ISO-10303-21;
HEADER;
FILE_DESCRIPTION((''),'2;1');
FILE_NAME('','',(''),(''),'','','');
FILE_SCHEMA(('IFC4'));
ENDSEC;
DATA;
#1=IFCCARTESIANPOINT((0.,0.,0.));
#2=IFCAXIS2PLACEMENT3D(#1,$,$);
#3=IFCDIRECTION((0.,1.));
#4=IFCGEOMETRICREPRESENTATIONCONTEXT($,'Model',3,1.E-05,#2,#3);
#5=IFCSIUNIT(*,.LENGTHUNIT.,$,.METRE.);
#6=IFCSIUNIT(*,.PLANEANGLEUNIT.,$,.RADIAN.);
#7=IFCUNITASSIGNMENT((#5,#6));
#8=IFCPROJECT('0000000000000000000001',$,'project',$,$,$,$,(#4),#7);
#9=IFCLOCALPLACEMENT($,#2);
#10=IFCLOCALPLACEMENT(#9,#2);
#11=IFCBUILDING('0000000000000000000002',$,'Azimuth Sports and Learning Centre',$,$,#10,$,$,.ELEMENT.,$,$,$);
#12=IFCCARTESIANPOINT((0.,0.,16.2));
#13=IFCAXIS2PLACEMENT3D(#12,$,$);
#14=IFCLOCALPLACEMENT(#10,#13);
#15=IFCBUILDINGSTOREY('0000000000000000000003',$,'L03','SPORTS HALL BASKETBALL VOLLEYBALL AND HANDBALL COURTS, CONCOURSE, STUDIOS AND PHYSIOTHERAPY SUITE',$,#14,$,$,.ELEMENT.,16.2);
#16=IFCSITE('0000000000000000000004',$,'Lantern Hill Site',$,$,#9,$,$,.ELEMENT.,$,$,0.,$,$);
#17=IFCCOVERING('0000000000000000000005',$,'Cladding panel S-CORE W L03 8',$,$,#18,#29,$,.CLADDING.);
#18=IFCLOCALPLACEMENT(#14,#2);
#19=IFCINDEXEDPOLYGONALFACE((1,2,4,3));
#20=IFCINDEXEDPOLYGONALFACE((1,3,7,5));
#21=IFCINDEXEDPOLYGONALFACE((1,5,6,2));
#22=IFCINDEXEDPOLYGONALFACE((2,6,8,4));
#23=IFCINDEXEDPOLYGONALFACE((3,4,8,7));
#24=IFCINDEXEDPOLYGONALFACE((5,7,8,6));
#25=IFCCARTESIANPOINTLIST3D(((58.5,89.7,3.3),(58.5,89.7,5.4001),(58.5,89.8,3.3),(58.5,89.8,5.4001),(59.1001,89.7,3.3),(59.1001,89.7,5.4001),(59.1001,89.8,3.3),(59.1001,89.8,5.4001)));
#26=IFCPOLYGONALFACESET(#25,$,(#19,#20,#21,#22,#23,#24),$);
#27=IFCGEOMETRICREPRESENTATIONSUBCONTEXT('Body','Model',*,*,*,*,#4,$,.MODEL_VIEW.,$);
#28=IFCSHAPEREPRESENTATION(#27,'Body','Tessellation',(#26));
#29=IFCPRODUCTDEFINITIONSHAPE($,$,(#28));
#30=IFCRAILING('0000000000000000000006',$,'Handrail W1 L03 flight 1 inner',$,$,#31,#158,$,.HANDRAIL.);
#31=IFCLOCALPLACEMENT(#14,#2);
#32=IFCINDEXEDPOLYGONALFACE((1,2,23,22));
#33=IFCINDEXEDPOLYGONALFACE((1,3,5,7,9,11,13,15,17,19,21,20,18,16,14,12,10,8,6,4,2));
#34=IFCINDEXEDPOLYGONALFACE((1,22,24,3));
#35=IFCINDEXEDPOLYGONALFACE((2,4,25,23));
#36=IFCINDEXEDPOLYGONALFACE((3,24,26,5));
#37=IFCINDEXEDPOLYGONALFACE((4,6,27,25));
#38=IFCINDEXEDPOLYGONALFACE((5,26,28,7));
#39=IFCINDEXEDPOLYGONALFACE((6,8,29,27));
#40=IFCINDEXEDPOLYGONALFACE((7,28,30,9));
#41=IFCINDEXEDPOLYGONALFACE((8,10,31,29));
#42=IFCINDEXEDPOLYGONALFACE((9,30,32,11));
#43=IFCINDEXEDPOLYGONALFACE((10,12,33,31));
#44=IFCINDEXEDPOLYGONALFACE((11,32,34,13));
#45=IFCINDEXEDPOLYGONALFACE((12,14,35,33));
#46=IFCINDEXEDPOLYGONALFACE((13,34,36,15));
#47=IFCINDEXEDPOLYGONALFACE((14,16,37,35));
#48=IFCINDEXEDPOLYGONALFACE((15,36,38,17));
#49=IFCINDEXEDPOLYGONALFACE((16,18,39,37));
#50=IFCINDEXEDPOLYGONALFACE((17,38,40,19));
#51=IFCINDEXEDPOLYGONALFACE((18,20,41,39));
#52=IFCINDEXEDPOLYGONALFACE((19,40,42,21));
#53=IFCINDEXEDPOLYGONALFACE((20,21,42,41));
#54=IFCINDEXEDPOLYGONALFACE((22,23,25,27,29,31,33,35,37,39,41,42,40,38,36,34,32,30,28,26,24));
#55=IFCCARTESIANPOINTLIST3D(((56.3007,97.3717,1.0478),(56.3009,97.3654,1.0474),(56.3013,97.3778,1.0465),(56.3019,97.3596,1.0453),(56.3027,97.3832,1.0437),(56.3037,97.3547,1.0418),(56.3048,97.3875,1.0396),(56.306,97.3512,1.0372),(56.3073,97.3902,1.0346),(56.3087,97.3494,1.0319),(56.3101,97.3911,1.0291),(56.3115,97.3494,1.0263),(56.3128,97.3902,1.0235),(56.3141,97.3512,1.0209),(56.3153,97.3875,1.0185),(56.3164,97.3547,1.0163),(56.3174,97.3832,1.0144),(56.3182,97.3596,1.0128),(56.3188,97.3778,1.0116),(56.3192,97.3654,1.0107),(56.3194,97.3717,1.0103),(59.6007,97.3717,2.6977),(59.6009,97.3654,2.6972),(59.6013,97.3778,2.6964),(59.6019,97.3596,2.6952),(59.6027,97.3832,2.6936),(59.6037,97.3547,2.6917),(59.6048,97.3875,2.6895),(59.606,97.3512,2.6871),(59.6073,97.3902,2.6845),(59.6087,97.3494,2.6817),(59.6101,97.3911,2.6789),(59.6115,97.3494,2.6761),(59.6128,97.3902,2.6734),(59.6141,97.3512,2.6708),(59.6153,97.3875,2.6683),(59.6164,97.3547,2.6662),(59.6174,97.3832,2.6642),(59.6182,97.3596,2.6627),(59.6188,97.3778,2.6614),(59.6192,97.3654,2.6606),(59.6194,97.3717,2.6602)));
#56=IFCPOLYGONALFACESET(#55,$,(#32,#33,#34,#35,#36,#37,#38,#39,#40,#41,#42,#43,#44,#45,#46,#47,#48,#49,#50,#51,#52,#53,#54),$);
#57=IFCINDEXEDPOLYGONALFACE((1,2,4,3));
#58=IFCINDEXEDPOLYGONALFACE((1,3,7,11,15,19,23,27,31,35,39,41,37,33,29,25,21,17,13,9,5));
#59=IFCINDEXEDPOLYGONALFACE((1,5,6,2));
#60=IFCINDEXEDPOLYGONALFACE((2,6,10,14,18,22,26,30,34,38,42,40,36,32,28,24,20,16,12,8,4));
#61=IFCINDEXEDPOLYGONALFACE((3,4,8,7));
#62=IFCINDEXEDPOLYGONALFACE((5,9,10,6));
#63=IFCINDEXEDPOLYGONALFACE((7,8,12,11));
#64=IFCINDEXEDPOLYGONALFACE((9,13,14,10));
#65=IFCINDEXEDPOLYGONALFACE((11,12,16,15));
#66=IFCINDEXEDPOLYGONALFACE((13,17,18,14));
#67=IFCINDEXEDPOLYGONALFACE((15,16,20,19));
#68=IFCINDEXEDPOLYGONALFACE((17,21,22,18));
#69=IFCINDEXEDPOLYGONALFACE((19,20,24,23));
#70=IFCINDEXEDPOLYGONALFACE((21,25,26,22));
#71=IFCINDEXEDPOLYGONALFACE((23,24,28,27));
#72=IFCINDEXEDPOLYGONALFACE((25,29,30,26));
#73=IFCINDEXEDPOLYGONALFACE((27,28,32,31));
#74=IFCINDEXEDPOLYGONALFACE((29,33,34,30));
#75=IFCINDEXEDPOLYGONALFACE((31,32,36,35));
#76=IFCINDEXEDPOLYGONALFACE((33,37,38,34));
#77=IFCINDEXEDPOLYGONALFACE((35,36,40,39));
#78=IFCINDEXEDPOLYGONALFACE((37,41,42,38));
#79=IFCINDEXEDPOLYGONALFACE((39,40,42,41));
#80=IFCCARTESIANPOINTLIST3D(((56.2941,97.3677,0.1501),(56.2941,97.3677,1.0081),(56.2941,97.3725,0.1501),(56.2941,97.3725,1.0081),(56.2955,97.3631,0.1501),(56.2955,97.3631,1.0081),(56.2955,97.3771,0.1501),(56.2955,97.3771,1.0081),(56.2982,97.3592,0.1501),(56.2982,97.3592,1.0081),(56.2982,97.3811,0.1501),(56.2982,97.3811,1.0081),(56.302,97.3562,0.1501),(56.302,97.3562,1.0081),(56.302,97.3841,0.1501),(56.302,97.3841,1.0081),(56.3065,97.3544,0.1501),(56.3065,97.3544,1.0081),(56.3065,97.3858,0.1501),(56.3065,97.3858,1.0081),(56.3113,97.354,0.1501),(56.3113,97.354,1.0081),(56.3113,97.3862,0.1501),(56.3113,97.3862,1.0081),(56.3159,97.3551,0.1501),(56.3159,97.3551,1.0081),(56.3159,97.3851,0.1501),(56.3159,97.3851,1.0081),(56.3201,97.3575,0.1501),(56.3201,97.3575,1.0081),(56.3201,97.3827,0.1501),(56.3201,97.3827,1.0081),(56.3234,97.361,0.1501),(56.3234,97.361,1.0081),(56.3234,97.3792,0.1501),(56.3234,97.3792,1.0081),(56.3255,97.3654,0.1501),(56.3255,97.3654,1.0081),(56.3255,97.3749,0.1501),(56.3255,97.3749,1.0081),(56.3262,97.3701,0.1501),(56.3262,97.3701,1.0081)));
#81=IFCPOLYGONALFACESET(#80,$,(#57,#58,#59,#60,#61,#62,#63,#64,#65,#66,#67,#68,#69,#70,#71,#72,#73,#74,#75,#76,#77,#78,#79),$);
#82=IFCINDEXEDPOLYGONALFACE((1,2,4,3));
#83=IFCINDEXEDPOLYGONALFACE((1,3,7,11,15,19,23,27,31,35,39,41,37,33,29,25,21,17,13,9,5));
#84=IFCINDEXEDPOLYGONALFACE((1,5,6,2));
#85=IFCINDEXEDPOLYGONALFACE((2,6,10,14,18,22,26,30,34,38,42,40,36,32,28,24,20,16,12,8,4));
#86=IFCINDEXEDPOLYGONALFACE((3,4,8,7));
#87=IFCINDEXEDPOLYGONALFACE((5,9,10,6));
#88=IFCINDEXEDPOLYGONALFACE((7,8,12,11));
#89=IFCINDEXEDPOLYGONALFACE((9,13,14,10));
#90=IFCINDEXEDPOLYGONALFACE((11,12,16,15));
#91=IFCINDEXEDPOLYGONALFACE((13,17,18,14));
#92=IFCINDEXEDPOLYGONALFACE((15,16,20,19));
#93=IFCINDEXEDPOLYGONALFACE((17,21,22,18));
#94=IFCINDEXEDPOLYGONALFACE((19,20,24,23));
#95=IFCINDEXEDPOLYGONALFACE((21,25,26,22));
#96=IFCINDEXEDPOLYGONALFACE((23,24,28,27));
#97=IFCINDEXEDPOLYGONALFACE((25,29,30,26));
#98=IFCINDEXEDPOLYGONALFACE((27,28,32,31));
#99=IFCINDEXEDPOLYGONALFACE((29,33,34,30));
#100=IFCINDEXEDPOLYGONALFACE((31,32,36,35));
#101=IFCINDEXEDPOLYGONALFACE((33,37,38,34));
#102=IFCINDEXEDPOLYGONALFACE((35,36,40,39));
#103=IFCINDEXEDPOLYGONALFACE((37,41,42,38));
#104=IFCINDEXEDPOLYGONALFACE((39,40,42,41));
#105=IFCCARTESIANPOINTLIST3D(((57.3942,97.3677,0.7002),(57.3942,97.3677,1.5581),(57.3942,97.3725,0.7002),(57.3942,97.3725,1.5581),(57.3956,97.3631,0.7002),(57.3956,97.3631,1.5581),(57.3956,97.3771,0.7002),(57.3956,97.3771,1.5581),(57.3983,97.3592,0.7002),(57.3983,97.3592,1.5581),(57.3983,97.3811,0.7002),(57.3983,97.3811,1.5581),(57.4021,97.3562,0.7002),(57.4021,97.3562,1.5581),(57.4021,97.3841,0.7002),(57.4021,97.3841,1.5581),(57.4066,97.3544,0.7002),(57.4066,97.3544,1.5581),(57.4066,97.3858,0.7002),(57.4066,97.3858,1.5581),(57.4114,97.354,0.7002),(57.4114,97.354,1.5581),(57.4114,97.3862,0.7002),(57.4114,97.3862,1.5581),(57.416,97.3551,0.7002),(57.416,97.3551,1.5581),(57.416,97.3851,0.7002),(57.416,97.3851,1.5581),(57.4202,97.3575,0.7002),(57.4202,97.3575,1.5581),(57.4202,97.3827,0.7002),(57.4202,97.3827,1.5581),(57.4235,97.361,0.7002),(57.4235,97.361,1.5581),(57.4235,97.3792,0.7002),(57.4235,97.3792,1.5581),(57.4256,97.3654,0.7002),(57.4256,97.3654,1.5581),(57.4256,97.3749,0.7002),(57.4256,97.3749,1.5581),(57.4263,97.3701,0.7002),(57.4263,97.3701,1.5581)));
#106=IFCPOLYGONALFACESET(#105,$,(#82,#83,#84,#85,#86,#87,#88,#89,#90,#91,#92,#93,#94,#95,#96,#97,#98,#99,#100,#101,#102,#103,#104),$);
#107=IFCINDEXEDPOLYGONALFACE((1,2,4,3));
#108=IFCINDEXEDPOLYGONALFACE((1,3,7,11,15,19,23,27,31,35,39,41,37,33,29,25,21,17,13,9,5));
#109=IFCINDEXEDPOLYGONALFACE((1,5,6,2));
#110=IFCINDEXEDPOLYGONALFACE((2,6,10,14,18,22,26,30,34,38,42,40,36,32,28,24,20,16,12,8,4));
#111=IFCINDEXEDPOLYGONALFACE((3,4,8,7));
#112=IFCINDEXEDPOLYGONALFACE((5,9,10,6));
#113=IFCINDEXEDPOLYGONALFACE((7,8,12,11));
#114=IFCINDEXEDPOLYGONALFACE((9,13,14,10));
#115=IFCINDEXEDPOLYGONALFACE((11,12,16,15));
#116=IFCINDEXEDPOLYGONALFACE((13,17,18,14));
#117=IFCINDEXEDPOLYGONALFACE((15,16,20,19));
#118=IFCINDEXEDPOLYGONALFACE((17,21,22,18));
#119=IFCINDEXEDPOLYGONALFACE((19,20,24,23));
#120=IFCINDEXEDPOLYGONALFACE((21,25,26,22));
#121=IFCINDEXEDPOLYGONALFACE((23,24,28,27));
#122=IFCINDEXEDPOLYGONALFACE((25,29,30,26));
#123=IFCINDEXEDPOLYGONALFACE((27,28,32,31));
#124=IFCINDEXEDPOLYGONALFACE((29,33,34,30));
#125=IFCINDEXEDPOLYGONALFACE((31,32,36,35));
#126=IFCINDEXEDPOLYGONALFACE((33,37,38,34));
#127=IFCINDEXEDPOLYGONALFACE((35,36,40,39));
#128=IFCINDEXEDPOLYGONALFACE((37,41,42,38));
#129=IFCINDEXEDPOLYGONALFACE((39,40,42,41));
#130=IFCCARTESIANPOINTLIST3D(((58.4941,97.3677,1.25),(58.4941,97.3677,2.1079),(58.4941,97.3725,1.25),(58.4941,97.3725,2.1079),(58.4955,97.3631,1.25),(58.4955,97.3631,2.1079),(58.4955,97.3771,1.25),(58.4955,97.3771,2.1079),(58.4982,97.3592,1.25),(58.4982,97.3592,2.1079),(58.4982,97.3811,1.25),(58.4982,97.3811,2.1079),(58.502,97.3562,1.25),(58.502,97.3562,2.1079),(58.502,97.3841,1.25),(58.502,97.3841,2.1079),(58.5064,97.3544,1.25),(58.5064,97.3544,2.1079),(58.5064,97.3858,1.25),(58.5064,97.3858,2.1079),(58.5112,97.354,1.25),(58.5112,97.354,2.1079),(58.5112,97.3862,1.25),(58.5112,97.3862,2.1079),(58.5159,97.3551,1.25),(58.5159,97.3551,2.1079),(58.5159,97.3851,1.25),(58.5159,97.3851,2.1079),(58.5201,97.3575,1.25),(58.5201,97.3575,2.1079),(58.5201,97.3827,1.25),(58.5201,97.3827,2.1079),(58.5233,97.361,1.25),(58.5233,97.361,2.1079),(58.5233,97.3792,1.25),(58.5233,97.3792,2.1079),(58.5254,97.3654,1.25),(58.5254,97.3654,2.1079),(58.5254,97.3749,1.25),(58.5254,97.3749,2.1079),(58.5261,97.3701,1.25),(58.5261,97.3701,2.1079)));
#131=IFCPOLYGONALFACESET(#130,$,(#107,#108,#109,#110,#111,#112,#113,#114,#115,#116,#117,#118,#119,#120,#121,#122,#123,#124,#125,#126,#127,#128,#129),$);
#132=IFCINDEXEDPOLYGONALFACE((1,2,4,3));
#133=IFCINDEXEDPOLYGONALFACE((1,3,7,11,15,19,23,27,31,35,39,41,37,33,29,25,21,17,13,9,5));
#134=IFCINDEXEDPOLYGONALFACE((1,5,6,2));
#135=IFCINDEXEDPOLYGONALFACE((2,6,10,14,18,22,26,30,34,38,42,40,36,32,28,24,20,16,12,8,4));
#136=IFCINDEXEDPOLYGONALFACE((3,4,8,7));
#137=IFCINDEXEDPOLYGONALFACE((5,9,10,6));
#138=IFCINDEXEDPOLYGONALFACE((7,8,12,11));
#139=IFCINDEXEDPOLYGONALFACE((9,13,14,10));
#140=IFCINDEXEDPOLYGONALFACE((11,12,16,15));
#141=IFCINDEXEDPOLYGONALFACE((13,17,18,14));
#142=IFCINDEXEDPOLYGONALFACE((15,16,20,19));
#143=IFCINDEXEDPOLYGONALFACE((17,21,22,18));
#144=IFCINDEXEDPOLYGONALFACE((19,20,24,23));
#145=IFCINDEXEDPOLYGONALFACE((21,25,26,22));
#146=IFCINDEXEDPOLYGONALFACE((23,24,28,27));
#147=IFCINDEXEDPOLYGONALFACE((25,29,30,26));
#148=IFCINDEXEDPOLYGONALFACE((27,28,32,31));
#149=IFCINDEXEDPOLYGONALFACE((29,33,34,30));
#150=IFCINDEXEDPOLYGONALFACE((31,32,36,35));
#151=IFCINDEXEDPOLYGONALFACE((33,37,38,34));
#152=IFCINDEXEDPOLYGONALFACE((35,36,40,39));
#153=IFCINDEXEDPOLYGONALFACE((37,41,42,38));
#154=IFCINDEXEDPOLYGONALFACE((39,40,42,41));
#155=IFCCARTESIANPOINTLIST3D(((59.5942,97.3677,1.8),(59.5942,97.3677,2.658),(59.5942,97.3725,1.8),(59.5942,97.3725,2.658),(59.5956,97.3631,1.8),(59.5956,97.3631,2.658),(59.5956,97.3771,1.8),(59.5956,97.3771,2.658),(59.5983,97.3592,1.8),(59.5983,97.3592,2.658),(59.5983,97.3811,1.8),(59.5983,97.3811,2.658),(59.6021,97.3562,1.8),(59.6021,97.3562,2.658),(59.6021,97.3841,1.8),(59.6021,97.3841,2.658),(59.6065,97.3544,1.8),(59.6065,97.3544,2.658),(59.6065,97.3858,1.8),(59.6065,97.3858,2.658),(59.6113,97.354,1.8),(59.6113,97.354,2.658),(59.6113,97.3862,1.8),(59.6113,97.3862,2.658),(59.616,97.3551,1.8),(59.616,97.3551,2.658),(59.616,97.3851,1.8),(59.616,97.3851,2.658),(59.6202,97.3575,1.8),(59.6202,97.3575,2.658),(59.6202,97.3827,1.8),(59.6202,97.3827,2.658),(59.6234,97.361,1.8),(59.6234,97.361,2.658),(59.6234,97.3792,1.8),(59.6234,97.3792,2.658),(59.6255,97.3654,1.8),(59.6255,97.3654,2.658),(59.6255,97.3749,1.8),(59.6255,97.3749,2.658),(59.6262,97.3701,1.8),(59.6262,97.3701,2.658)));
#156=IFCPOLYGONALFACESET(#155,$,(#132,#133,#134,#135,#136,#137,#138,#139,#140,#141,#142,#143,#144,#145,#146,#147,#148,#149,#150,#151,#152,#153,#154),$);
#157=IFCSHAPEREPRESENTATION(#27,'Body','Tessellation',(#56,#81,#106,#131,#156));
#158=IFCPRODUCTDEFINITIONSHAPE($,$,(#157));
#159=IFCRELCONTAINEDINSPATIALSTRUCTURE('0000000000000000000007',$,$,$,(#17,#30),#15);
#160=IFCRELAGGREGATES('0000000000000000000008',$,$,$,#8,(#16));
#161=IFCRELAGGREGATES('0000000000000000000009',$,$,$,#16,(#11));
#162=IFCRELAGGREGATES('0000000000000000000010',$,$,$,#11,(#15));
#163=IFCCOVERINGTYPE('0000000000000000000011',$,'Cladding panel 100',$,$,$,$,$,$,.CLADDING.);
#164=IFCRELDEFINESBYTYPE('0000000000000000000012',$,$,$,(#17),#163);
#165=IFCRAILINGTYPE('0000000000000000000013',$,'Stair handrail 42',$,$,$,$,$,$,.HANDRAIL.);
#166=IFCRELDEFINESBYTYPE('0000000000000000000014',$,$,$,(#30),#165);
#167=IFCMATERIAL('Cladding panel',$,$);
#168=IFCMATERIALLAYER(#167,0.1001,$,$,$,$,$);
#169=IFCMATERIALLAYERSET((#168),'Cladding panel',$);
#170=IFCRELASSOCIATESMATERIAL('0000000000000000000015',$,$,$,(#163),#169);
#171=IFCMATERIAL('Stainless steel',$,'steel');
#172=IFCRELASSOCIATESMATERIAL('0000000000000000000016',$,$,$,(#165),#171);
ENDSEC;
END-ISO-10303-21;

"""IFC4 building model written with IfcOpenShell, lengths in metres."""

from ifc_helpers import new_model, si_unit, direction, frame, origin, origin_2d, place, context, subcontext, project, spatial, rectangle, circle, extrude, material, layer, layer_set, type_object, element, save


model = new_model("IFC4")

# Units and contexts
model_context = context("Model", 3, precision=1e-05, world=origin(), true_north=direction((0.0, 1.0)))
body_context = subcontext(model_context, "Body", "Model", "MODEL_VIEW")
ifc_project = project(units=[si_unit("LENGTHUNIT", "METRE"), si_unit("PLANEANGLEUNIT", "RADIAN")], contexts=[model_context])

# Site, building, storey
site_placement = place(None, origin())
site = spatial("IfcSite", under=ifc_project, at=site_placement, Name="Lantern Hill Site", CompositionType="ELEMENT", RefElevation=0.0)
building_placement = place(site_placement, origin())
building = spatial("IfcBuilding", under=site, at=building_placement, Name="Azimuth Sports and Learning Centre", CompositionType="ELEMENT")
storey_placement = place(building_placement, frame((0.0, 0.0, 16.2)))
storey = spatial("IfcBuildingStorey", under=building, at=storey_placement, Name="L03", Description="SPORTS HALL BASKETBALL VOLLEYBALL AND HANDBALL COURTS, CONCOURSE, STUDIOS AND PHYSIOTHERAPY SUITE", CompositionType="ELEMENT", Elevation=16.2)

# Covering
ifc_material_1 = material(Name="Cladding panel")
ifc_layer_1 = layer(ifc_material_1, 0.1001)
ifc_layer_set_1 = layer_set([ifc_layer_1], Name="Cladding panel")
covering_type = type_object("IfcCoveringType", Name="Cladding panel 100", PredefinedType="CLADDING", material=ifc_layer_set_1)
covering_1_placement = place(storey_placement, frame((58.8, 89.75, 3.3), z_axis=(0.0, 0.0, 1.0), x_axis=(1.0, 0.0, 0.0)))
element("IfcCovering", 1, at=covering_1_placement, inside=storey, type_object=covering_type, Name="Cladding panel S-CORE W L03 8", PredefinedType="CLADDING", context=body_context, shape_type="SweptSolid", body=[
    extrude(rectangle(XDim=0.6001, YDim=0.1001, at=origin_2d()), origin(), (0.0, 0.0, 1.0), 2.1001),
])

# Railing
ifc_material_2 = material(Name="Stainless steel", Category="steel")
railing_type_1 = type_object("IfcRailingType", Name="Stair handrail 42", PredefinedType="HANDRAIL", material=ifc_material_2)
for number, where, name in (
    (2, (56.3101, 97.3701, 0.1501), "Handrail W1 L03 flight 1 inner"),
):
    element("IfcRailing", number, at=place(storey_placement, frame(where)), inside=storey, type_object=railing_type_1, Name=name, PredefinedType="HANDRAIL", context=body_context, shape_type="SweptSolid", body=[
        extrude(circle(Radius=0.021, at=origin_2d()), frame((0.0, 0.0, 0.8789), z_axis=(0.89444, 0.0, 0.447187), x_axis=(0.0, 1.0, 0.0)), (0.0, 0.0, 1.0), 3.6895),
        extrude(circle(Radius=0.0161, at=origin_2d()), origin(), (0.0, 0.0, 1.0), 0.8579),
        extrude(circle(Radius=0.0161, at=origin_2d()), frame((1.1001, 0.0, 0.55)), (0.0, 0.0, 1.0), 0.8579),
        extrude(circle(Radius=0.0161, at=origin_2d()), frame((2.2, 0.0, 1.0999)), (0.0, 0.0, 1.0), 0.8579),
        extrude(circle(Radius=0.0161, at=origin_2d()), frame((3.3, 0.0, 1.6499)), (0.0, 0.0, 1.0), 0.8579),
    ])

save(model, "model.ifc")
